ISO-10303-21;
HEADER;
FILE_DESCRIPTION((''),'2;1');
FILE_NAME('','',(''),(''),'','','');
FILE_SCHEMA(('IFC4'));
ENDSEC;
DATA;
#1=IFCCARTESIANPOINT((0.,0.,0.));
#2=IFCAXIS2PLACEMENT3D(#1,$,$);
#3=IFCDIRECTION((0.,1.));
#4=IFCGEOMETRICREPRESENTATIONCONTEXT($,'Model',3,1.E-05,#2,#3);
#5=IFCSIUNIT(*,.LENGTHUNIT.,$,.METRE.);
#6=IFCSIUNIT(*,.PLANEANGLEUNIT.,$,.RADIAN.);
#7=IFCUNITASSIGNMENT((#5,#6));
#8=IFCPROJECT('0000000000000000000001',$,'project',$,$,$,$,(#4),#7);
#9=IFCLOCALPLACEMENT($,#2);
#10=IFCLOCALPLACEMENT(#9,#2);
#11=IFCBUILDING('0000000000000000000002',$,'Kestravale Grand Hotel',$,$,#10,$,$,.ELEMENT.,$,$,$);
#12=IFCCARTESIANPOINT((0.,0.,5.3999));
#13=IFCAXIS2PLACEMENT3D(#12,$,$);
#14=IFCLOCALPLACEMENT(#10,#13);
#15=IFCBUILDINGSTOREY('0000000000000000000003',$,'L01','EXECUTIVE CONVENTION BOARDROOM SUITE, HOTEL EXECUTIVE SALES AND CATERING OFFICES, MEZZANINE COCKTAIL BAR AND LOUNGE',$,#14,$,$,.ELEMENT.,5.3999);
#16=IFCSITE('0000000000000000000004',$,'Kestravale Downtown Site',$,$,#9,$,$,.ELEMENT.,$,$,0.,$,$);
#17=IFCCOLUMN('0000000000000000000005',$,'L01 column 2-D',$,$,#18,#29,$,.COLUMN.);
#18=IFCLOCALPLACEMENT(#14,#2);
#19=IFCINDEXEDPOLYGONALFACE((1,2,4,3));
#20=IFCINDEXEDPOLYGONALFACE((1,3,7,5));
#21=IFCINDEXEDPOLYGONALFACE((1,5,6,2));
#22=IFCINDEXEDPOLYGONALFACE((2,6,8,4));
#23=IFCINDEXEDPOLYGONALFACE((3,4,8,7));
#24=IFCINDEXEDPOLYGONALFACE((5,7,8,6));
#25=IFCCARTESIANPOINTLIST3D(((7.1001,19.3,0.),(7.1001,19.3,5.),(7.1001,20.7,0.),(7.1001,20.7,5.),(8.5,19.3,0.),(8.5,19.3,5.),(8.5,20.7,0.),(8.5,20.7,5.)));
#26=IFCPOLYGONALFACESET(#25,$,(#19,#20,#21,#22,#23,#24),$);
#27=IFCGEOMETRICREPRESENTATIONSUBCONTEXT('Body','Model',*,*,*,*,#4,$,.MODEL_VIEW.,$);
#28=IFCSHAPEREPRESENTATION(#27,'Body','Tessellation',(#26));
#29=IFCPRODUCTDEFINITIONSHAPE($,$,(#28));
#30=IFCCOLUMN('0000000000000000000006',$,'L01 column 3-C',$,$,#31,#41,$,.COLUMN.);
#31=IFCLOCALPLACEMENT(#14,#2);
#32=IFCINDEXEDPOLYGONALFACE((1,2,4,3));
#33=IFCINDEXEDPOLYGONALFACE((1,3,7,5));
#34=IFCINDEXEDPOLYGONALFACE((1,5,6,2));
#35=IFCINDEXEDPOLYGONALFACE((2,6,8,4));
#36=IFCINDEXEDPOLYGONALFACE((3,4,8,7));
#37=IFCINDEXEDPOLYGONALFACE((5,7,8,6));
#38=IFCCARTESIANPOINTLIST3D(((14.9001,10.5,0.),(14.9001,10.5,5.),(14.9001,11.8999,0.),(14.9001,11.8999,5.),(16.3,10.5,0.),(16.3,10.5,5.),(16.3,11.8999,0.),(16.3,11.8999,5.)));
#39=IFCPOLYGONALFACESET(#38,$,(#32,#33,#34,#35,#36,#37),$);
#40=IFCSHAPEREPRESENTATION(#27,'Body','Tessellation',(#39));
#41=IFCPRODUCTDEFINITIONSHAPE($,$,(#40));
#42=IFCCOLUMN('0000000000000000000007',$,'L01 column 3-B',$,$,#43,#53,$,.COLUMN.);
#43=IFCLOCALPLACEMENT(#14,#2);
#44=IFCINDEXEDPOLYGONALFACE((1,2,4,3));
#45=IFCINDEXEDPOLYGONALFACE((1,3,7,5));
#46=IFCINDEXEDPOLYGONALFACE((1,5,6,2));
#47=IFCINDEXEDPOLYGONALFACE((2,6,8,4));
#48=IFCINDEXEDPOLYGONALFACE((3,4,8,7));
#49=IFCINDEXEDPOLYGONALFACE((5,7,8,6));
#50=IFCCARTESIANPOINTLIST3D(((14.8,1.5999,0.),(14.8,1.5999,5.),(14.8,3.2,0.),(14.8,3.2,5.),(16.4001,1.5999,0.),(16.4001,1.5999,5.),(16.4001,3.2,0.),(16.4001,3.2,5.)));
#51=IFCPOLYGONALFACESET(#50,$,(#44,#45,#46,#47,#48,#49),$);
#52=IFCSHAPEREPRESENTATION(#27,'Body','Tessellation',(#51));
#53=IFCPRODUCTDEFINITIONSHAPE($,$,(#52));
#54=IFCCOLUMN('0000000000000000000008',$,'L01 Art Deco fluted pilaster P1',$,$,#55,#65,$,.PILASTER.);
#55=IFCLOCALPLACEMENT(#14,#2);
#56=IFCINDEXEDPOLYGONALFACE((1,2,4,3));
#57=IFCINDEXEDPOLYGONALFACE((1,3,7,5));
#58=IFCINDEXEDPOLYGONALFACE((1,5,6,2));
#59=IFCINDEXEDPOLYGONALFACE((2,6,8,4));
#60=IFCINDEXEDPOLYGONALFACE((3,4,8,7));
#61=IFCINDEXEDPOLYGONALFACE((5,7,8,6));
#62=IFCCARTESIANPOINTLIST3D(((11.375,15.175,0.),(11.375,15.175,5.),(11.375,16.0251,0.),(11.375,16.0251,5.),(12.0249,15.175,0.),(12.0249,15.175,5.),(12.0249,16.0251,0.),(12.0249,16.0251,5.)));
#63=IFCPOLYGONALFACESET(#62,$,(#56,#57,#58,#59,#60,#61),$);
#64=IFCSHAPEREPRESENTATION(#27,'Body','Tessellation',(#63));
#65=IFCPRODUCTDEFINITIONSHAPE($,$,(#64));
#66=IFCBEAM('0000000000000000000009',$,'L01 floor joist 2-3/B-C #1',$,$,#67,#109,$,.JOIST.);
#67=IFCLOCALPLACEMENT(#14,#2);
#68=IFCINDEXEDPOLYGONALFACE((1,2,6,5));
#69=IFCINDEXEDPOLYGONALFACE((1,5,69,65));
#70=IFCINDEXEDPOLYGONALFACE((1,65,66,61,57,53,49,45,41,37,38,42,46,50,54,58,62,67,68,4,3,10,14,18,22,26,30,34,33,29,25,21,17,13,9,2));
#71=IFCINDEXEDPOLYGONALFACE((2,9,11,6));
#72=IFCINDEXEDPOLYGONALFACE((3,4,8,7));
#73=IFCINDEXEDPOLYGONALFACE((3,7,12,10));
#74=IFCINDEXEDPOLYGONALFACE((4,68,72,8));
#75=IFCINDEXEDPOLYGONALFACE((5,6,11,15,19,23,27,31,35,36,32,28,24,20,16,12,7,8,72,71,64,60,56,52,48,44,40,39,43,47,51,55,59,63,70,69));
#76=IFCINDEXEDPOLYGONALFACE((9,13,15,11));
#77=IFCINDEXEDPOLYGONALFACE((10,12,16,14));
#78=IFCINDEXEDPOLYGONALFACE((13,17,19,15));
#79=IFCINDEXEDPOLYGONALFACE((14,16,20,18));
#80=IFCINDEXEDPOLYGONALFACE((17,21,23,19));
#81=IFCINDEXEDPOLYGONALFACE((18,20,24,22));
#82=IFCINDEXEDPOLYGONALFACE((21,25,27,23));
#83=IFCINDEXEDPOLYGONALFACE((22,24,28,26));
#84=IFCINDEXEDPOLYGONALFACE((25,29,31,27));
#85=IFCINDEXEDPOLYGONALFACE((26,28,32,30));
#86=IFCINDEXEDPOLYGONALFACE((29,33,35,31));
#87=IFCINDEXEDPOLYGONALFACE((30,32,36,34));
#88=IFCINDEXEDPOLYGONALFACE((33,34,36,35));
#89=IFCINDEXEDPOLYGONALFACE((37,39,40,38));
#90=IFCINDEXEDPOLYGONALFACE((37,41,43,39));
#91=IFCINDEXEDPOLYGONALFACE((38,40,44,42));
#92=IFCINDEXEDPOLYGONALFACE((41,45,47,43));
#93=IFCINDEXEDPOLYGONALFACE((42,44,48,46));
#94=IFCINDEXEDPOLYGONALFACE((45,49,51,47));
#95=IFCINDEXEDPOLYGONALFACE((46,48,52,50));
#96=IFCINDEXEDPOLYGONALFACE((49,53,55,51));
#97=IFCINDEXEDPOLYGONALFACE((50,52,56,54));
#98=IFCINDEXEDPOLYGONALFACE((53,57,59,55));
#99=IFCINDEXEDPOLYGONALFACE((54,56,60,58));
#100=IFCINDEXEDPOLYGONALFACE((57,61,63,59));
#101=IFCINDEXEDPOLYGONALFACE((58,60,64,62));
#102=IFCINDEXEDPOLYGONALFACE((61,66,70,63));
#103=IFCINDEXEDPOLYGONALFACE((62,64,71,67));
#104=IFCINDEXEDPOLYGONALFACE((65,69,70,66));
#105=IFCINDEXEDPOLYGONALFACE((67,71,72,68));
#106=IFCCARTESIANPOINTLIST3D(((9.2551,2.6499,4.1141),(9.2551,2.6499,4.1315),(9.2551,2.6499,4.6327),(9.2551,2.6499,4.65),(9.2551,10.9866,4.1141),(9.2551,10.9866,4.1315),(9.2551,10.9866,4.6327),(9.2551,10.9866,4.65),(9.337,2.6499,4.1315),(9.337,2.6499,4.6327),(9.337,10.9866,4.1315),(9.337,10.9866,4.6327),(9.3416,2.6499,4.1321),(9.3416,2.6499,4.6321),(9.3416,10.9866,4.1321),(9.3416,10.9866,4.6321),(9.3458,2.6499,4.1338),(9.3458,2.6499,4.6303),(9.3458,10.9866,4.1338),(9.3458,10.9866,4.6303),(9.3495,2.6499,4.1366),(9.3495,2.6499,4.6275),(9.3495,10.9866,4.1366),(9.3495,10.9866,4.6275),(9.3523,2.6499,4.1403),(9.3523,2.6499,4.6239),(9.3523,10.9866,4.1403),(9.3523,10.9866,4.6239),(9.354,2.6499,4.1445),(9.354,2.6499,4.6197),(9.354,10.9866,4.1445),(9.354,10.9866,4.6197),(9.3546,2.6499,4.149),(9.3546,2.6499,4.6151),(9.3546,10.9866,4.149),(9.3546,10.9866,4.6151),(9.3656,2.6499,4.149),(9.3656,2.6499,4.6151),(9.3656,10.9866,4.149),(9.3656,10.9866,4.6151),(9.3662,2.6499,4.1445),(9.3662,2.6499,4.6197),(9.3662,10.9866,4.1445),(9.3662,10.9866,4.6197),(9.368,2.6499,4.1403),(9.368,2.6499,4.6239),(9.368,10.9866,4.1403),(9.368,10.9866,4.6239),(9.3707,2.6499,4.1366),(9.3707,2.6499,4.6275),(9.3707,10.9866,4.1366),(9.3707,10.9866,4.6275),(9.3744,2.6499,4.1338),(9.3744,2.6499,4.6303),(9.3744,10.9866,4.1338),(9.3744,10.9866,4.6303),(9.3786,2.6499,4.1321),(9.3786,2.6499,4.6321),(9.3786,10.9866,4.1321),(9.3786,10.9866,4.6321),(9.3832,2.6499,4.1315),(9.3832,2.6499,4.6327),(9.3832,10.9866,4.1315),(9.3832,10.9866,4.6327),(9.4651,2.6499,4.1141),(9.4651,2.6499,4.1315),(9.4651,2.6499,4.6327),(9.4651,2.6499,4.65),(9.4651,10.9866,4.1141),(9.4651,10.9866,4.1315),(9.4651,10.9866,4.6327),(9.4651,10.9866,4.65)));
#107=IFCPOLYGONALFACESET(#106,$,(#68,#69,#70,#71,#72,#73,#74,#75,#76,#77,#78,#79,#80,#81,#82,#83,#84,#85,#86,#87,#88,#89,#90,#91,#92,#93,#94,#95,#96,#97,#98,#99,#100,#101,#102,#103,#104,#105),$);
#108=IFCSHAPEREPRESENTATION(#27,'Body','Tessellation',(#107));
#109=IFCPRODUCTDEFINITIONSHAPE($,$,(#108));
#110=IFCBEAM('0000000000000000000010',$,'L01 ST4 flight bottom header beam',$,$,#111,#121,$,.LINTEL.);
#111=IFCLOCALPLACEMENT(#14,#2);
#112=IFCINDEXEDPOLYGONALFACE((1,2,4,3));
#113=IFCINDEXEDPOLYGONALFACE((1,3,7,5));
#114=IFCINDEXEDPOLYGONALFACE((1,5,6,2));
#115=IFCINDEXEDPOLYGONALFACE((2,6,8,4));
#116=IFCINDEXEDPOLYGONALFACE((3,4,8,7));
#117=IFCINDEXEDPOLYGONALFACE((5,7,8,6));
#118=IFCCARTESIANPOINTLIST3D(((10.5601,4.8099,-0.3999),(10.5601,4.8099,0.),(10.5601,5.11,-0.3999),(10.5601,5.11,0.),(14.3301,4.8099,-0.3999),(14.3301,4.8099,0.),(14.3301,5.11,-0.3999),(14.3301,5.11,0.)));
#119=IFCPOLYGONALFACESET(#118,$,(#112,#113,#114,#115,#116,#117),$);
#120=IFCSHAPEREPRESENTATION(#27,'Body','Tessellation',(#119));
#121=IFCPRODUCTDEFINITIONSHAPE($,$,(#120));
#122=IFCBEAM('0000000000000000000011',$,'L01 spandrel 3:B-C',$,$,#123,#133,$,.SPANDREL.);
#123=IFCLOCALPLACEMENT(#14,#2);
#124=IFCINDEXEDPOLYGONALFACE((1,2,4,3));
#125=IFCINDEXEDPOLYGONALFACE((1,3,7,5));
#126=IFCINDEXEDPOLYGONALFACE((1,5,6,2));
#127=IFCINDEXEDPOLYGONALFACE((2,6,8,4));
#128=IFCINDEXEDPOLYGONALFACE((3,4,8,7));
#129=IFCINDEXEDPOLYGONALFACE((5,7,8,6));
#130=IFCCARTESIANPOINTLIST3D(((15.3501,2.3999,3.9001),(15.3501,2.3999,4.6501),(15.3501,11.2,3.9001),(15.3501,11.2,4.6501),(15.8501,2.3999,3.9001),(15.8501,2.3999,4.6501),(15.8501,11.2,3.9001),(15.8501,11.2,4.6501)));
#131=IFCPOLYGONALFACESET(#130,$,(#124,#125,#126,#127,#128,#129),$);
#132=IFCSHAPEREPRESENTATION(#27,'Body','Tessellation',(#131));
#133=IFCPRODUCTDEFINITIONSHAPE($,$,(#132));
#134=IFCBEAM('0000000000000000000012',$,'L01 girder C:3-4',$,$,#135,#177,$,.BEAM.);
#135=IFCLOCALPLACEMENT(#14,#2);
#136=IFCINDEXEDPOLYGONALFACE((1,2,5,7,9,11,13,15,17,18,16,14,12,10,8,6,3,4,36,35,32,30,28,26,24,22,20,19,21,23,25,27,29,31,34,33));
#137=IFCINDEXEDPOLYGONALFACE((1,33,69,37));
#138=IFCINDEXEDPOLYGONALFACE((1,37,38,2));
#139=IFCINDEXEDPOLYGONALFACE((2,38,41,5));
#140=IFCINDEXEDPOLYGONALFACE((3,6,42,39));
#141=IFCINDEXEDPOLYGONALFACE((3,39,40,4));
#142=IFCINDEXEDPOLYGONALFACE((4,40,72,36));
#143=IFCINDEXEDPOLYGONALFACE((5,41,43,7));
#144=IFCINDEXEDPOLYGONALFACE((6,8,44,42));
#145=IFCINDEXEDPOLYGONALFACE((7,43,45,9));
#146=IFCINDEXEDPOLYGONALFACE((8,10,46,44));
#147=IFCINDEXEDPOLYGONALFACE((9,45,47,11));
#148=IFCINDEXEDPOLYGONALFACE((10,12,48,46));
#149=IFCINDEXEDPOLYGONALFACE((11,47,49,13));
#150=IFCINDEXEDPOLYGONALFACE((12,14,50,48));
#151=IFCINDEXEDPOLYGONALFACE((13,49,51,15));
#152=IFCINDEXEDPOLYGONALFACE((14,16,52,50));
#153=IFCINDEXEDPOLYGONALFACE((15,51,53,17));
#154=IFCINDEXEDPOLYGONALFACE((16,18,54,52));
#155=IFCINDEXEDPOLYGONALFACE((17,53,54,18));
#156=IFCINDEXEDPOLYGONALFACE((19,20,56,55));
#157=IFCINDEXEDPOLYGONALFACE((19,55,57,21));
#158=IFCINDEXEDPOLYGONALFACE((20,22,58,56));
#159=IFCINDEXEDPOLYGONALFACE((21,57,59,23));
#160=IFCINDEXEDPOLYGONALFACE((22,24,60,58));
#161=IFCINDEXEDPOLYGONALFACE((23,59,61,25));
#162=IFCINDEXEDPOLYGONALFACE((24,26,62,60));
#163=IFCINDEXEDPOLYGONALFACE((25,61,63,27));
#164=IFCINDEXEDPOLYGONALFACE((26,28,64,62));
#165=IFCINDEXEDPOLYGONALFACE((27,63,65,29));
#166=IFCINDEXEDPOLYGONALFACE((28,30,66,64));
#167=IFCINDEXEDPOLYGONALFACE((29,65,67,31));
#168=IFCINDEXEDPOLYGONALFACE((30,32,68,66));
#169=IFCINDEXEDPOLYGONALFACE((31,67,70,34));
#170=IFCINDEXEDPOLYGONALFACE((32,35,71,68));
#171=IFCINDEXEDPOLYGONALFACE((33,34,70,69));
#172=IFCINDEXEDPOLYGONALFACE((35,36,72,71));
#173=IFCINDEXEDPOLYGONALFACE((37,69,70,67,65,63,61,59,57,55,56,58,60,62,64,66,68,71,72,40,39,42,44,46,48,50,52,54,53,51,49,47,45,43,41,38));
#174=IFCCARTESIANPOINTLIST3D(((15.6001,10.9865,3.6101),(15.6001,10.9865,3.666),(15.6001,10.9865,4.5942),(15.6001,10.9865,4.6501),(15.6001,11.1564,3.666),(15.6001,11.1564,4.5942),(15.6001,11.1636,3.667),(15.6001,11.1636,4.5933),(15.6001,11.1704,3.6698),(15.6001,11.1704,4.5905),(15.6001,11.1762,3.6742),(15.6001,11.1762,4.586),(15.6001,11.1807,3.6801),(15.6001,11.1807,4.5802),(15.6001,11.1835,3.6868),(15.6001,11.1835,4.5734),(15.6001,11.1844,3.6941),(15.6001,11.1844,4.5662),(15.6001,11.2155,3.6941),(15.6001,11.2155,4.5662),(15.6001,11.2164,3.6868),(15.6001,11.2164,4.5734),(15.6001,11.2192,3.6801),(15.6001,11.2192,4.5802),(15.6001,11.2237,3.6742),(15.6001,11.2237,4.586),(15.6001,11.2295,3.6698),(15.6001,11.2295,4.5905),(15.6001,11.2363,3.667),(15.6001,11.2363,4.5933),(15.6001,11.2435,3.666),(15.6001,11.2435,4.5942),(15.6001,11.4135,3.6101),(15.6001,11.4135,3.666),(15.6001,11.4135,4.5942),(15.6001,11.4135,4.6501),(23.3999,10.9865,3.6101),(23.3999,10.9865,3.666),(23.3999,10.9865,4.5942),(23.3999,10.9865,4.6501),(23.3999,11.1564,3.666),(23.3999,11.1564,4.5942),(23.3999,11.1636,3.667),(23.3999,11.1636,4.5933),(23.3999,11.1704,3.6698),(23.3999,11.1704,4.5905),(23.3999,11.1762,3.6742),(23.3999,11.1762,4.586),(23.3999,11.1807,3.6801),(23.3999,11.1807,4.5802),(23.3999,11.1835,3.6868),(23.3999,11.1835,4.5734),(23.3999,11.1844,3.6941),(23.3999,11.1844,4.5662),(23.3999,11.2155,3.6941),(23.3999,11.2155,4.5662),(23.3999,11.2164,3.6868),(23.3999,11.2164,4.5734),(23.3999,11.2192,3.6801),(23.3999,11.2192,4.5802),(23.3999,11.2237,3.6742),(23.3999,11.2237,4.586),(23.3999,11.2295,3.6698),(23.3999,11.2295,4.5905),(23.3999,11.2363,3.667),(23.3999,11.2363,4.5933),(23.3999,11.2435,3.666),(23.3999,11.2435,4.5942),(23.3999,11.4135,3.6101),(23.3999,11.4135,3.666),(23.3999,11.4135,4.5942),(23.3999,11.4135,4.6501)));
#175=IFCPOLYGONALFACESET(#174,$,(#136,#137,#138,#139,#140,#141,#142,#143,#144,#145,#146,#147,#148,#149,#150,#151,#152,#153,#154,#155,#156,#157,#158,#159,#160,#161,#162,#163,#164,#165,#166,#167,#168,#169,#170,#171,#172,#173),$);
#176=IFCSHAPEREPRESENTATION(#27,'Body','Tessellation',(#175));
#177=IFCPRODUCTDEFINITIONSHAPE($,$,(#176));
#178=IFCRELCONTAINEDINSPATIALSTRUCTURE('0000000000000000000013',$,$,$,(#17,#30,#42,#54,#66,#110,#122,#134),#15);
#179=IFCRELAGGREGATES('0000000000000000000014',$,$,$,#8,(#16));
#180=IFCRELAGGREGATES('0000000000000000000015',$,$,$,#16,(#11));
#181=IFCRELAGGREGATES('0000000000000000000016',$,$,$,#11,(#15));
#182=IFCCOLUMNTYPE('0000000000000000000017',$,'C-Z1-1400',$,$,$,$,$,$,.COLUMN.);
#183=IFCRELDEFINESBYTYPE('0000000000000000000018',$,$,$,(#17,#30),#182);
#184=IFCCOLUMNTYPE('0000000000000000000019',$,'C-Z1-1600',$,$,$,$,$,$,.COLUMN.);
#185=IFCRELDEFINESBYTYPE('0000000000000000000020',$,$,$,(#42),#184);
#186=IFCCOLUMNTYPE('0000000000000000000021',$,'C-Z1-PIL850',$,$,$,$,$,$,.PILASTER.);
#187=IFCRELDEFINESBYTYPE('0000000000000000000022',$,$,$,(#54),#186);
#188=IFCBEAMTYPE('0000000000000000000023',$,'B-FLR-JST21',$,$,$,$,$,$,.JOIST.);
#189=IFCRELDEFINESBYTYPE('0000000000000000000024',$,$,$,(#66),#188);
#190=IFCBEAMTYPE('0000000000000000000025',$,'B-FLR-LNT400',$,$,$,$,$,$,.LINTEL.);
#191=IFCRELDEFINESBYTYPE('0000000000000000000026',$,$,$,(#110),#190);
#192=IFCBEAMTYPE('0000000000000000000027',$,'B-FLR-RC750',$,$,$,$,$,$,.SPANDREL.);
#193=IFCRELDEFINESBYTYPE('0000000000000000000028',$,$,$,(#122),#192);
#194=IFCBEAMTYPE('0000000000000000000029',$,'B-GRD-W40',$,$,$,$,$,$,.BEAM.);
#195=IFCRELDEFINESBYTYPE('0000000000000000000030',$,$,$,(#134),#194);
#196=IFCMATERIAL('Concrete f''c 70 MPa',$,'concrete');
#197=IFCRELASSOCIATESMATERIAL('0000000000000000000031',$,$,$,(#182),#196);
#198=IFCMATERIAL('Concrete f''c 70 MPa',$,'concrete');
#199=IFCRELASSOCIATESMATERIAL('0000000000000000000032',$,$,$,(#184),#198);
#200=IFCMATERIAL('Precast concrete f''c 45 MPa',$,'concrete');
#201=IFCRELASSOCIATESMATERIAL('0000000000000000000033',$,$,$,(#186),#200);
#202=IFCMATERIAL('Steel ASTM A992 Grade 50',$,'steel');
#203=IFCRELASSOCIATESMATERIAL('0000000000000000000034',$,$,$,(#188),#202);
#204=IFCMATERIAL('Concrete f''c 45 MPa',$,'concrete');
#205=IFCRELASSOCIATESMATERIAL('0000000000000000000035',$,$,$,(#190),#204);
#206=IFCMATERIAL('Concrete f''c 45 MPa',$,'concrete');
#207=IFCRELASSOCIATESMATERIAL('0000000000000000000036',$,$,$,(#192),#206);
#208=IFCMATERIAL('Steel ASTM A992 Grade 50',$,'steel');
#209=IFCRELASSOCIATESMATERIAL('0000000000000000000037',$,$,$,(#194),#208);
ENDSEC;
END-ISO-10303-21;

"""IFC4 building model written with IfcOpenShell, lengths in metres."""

from ifc_helpers import new_model, si_unit, direction, frame, origin, origin_2d, place, context, subcontext, project, spatial, rectangle, i_section, extrude, material, material_profile, profile_set, type_object, element, save


model = new_model("IFC4")

# Units and contexts
model_context = context("Model", 3, precision=1e-05, world=origin(), true_north=direction((0.0, 1.0)))
body_context = subcontext(model_context, "Body", "Model", "MODEL_VIEW")
ifc_project = project(units=[si_unit("LENGTHUNIT", "METRE"), si_unit("PLANEANGLEUNIT", "RADIAN")], contexts=[model_context])

# Site, building, storey
site_placement = place(None, origin())
site = spatial("IfcSite", under=ifc_project, at=site_placement, Name="Kestravale Downtown Site", CompositionType="ELEMENT", RefElevation=0.0)
building_placement = place(site_placement, origin())
building = spatial("IfcBuilding", under=site, at=building_placement, Name="Kestravale Grand Hotel", CompositionType="ELEMENT")
storey_placement = place(building_placement, frame((0.0, 0.0, 5.3999)))
storey = spatial("IfcBuildingStorey", under=building, at=storey_placement, Name="L01", Description="EXECUTIVE CONVENTION BOARDROOM SUITE, HOTEL EXECUTIVE SALES AND CATERING OFFICES, MEZZANINE COCKTAIL BAR AND LOUNGE", CompositionType="ELEMENT", Elevation=5.3999)

# Columns
ifc_material_1 = material(Name="Concrete f'c 70 MPa", Category="concrete")
ifc_material_profile_1 = material_profile(ifc_material_1, rectangle(XDim=1.3999, YDim=1.3999, at=origin_2d()))
ifc_profile_set_1 = profile_set([ifc_material_profile_1], Name="Concrete f'c 70 MPa")
column_type_1 = type_object("IfcColumnType", Name="C-Z1-1400", PredefinedType="COLUMN", material=ifc_profile_set_1)
for number, where, z_axis, x_axis, name in (
    (1, (7.8, 20.0, 0.0), (0.0, 0.0, 1.0), (1.0, 0.0, 0.0), "L01 column 2-D"),
    (2, (15.6001, 11.2, 0.0), (0.0, 0.0, 1.0), (1.0, 0.0, 0.0), "L01 column 3-C"),
):
    element("IfcColumn", number, at=place(storey_placement, frame(where, z_axis=z_axis, x_axis=x_axis)), inside=storey, type_object=column_type_1, Name=name, PredefinedType="COLUMN", context=body_context, shape_type="SweptSolid", body=[
        extrude(rectangle(XDim=1.3999, YDim=1.3999, at=origin_2d()), origin(), (0.0, 0.0, 1.0), 5.0),
    ])
ifc_material_2 = material(Name="Concrete f'c 70 MPa", Category="concrete")
ifc_material_profile_2 = material_profile(ifc_material_2, rectangle(XDim=1.6001, YDim=1.6001, at=origin_2d()))
ifc_profile_set_2 = profile_set([ifc_material_profile_2], Name="Concrete f'c 70 MPa")
column_type_2 = type_object("IfcColumnType", Name="C-Z1-1600", PredefinedType="COLUMN", material=ifc_profile_set_2)
column_1_placement = place(storey_placement, frame((15.6001, 2.3999, 0.0), z_axis=(0.0, 0.0, 1.0), x_axis=(1.0, 0.0, 0.0)))
element("IfcColumn", 3, at=column_1_placement, inside=storey, type_object=column_type_2, Name="L01 column 3-B", PredefinedType="COLUMN", context=body_context, shape_type="SweptSolid", body=[
    extrude(rectangle(XDim=1.6001, YDim=1.6001, at=origin_2d()), origin(), (0.0, 0.0, 1.0), 5.0),
])
ifc_material_3 = material(Name="Precast concrete f'c 45 MPa", Category="concrete")
ifc_material_profile_3 = material_profile(ifc_material_3, rectangle(XDim=0.6499, YDim=0.8501, at=origin_2d()))
ifc_profile_set_3 = profile_set([ifc_material_profile_3], Name="Precast concrete f'c 45 MPa")
column_type_3 = type_object("IfcColumnType", Name="C-Z1-PIL850", PredefinedType="PILASTER", material=ifc_profile_set_3)
column_2_placement = place(storey_placement, frame((11.7, 15.6001, 0.0), z_axis=(0.0, 0.0, 1.0), x_axis=(1.0, 0.0, 0.0)))
element("IfcColumn", 4, at=column_2_placement, inside=storey, type_object=column_type_3, Name="L01 Art Deco fluted pilaster P1", PredefinedType="PILASTER", context=body_context, shape_type="SweptSolid", body=[
    extrude(rectangle(XDim=0.6499, YDim=0.8501, at=origin_2d()), origin(), (0.0, 0.0, 1.0), 5.0),
])

# Beams
ifc_material_4 = material(Name="Steel ASTM A992 Grade 50", Category="steel")
ifc_material_profile_4 = material_profile(ifc_material_4, i_section(OverallWidth=0.21, OverallDepth=0.5359, WebThickness=0.011, FlangeThickness=0.0173, FilletRadius=0.0176, at=origin_2d()))
ifc_profile_set_4 = profile_set([ifc_material_profile_4], Name="Steel ASTM A992 Grade 50")
beam_type_1 = type_object("IfcBeamType", Name="B-FLR-JST21", PredefinedType="JOIST", material=ifc_profile_set_4)
beam_1_placement = place(storey_placement, frame((9.3601, 2.6499, 4.3821), z_axis=(0.0, 1.0, 0.0), x_axis=(-1.0, 0.0, 0.0)))
element("IfcBeam", 5, at=beam_1_placement, inside=storey, type_object=beam_type_1, Name="L01 floor joist 2-3/B-C #1", PredefinedType="JOIST", context=body_context, shape_type="SweptSolid", body=[
    extrude(i_section(OverallWidth=0.21, OverallDepth=0.5359, WebThickness=0.011, FlangeThickness=0.0173, FilletRadius=0.0176, at=origin_2d()), origin(), (0.0, 0.0, 1.0), 8.3367),
])
ifc_material_5 = material(Name="Concrete f'c 45 MPa", Category="concrete")
ifc_material_profile_5 = material_profile(ifc_material_5, rectangle(XDim=0.3, YDim=0.3999, at=origin_2d()))
ifc_profile_set_5 = profile_set([ifc_material_profile_5], Name="Concrete f'c 45 MPa")
beam_type_2 = type_object("IfcBeamType", Name="B-FLR-LNT400", PredefinedType="LINTEL", material=ifc_profile_set_5)
beam_2_placement = place(storey_placement, frame((10.5601, 4.96, -0.2), z_axis=(1.0, 0.0, 0.0), x_axis=(0.0, 1.0, 0.0)))
element("IfcBeam", 6, at=beam_2_placement, inside=storey, type_object=beam_type_2, Name="L01 ST4 flight bottom header beam", PredefinedType="LINTEL", context=body_context, shape_type="SweptSolid", body=[
    extrude(rectangle(XDim=0.3, YDim=0.3999, at=origin_2d()), origin(), (0.0, 0.0, 1.0), 3.77),
])
ifc_material_6 = material(Name="Concrete f'c 45 MPa", Category="concrete")
ifc_material_profile_6 = material_profile(ifc_material_6, rectangle(XDim=0.5, YDim=0.75, at=origin_2d()))
ifc_profile_set_6 = profile_set([ifc_material_profile_6], Name="Concrete f'c 45 MPa")
beam_type_3 = type_object("IfcBeamType", Name="B-FLR-RC750", PredefinedType="SPANDREL", material=ifc_profile_set_6)
beam_3_placement = place(storey_placement, frame((15.6001, 2.3999, 4.2751), z_axis=(0.0, 1.0, 0.0), x_axis=(-1.0, 0.0, 0.0)))
element("IfcBeam", 7, at=beam_3_placement, inside=storey, type_object=beam_type_3, Name="L01 spandrel 3:B-C", PredefinedType="SPANDREL", context=body_context, shape_type="SweptSolid", body=[
    extrude(rectangle(XDim=0.5, YDim=0.75, at=origin_2d()), origin(), (0.0, 0.0, 1.0), 8.8),
])
ifc_material_7 = material(Name="Steel ASTM A992 Grade 50", Category="steel")
ifc_material_profile_7 = material_profile(ifc_material_7, i_section(OverallWidth=0.427, OverallDepth=1.04, WebThickness=0.031, FlangeThickness=0.0559, FilletRadius=0.0281, at=origin_2d()))
ifc_profile_set_7 = profile_set([ifc_material_profile_7], Name="Steel ASTM A992 Grade 50")
beam_type_4 = type_object("IfcBeamType", Name="B-GRD-W40", PredefinedType="BEAM", material=ifc_profile_set_7)
beam_4_placement = place(storey_placement, frame((15.6001, 11.2, 4.1301), z_axis=(1.0, 0.0, 0.0), x_axis=(0.0, 1.0, 0.0)))
element("IfcBeam", 8, at=beam_4_placement, inside=storey, type_object=beam_type_4, Name="L01 girder C:3-4", PredefinedType="BEAM", context=body_context, shape_type="SweptSolid", body=[
    extrude(i_section(OverallWidth=0.427, OverallDepth=1.04, WebThickness=0.031, FlangeThickness=0.0559, FilletRadius=0.0281, at=origin_2d()), origin(), (0.0, 0.0, 1.0), 7.7998),
])

save(model, "model.ifc")
